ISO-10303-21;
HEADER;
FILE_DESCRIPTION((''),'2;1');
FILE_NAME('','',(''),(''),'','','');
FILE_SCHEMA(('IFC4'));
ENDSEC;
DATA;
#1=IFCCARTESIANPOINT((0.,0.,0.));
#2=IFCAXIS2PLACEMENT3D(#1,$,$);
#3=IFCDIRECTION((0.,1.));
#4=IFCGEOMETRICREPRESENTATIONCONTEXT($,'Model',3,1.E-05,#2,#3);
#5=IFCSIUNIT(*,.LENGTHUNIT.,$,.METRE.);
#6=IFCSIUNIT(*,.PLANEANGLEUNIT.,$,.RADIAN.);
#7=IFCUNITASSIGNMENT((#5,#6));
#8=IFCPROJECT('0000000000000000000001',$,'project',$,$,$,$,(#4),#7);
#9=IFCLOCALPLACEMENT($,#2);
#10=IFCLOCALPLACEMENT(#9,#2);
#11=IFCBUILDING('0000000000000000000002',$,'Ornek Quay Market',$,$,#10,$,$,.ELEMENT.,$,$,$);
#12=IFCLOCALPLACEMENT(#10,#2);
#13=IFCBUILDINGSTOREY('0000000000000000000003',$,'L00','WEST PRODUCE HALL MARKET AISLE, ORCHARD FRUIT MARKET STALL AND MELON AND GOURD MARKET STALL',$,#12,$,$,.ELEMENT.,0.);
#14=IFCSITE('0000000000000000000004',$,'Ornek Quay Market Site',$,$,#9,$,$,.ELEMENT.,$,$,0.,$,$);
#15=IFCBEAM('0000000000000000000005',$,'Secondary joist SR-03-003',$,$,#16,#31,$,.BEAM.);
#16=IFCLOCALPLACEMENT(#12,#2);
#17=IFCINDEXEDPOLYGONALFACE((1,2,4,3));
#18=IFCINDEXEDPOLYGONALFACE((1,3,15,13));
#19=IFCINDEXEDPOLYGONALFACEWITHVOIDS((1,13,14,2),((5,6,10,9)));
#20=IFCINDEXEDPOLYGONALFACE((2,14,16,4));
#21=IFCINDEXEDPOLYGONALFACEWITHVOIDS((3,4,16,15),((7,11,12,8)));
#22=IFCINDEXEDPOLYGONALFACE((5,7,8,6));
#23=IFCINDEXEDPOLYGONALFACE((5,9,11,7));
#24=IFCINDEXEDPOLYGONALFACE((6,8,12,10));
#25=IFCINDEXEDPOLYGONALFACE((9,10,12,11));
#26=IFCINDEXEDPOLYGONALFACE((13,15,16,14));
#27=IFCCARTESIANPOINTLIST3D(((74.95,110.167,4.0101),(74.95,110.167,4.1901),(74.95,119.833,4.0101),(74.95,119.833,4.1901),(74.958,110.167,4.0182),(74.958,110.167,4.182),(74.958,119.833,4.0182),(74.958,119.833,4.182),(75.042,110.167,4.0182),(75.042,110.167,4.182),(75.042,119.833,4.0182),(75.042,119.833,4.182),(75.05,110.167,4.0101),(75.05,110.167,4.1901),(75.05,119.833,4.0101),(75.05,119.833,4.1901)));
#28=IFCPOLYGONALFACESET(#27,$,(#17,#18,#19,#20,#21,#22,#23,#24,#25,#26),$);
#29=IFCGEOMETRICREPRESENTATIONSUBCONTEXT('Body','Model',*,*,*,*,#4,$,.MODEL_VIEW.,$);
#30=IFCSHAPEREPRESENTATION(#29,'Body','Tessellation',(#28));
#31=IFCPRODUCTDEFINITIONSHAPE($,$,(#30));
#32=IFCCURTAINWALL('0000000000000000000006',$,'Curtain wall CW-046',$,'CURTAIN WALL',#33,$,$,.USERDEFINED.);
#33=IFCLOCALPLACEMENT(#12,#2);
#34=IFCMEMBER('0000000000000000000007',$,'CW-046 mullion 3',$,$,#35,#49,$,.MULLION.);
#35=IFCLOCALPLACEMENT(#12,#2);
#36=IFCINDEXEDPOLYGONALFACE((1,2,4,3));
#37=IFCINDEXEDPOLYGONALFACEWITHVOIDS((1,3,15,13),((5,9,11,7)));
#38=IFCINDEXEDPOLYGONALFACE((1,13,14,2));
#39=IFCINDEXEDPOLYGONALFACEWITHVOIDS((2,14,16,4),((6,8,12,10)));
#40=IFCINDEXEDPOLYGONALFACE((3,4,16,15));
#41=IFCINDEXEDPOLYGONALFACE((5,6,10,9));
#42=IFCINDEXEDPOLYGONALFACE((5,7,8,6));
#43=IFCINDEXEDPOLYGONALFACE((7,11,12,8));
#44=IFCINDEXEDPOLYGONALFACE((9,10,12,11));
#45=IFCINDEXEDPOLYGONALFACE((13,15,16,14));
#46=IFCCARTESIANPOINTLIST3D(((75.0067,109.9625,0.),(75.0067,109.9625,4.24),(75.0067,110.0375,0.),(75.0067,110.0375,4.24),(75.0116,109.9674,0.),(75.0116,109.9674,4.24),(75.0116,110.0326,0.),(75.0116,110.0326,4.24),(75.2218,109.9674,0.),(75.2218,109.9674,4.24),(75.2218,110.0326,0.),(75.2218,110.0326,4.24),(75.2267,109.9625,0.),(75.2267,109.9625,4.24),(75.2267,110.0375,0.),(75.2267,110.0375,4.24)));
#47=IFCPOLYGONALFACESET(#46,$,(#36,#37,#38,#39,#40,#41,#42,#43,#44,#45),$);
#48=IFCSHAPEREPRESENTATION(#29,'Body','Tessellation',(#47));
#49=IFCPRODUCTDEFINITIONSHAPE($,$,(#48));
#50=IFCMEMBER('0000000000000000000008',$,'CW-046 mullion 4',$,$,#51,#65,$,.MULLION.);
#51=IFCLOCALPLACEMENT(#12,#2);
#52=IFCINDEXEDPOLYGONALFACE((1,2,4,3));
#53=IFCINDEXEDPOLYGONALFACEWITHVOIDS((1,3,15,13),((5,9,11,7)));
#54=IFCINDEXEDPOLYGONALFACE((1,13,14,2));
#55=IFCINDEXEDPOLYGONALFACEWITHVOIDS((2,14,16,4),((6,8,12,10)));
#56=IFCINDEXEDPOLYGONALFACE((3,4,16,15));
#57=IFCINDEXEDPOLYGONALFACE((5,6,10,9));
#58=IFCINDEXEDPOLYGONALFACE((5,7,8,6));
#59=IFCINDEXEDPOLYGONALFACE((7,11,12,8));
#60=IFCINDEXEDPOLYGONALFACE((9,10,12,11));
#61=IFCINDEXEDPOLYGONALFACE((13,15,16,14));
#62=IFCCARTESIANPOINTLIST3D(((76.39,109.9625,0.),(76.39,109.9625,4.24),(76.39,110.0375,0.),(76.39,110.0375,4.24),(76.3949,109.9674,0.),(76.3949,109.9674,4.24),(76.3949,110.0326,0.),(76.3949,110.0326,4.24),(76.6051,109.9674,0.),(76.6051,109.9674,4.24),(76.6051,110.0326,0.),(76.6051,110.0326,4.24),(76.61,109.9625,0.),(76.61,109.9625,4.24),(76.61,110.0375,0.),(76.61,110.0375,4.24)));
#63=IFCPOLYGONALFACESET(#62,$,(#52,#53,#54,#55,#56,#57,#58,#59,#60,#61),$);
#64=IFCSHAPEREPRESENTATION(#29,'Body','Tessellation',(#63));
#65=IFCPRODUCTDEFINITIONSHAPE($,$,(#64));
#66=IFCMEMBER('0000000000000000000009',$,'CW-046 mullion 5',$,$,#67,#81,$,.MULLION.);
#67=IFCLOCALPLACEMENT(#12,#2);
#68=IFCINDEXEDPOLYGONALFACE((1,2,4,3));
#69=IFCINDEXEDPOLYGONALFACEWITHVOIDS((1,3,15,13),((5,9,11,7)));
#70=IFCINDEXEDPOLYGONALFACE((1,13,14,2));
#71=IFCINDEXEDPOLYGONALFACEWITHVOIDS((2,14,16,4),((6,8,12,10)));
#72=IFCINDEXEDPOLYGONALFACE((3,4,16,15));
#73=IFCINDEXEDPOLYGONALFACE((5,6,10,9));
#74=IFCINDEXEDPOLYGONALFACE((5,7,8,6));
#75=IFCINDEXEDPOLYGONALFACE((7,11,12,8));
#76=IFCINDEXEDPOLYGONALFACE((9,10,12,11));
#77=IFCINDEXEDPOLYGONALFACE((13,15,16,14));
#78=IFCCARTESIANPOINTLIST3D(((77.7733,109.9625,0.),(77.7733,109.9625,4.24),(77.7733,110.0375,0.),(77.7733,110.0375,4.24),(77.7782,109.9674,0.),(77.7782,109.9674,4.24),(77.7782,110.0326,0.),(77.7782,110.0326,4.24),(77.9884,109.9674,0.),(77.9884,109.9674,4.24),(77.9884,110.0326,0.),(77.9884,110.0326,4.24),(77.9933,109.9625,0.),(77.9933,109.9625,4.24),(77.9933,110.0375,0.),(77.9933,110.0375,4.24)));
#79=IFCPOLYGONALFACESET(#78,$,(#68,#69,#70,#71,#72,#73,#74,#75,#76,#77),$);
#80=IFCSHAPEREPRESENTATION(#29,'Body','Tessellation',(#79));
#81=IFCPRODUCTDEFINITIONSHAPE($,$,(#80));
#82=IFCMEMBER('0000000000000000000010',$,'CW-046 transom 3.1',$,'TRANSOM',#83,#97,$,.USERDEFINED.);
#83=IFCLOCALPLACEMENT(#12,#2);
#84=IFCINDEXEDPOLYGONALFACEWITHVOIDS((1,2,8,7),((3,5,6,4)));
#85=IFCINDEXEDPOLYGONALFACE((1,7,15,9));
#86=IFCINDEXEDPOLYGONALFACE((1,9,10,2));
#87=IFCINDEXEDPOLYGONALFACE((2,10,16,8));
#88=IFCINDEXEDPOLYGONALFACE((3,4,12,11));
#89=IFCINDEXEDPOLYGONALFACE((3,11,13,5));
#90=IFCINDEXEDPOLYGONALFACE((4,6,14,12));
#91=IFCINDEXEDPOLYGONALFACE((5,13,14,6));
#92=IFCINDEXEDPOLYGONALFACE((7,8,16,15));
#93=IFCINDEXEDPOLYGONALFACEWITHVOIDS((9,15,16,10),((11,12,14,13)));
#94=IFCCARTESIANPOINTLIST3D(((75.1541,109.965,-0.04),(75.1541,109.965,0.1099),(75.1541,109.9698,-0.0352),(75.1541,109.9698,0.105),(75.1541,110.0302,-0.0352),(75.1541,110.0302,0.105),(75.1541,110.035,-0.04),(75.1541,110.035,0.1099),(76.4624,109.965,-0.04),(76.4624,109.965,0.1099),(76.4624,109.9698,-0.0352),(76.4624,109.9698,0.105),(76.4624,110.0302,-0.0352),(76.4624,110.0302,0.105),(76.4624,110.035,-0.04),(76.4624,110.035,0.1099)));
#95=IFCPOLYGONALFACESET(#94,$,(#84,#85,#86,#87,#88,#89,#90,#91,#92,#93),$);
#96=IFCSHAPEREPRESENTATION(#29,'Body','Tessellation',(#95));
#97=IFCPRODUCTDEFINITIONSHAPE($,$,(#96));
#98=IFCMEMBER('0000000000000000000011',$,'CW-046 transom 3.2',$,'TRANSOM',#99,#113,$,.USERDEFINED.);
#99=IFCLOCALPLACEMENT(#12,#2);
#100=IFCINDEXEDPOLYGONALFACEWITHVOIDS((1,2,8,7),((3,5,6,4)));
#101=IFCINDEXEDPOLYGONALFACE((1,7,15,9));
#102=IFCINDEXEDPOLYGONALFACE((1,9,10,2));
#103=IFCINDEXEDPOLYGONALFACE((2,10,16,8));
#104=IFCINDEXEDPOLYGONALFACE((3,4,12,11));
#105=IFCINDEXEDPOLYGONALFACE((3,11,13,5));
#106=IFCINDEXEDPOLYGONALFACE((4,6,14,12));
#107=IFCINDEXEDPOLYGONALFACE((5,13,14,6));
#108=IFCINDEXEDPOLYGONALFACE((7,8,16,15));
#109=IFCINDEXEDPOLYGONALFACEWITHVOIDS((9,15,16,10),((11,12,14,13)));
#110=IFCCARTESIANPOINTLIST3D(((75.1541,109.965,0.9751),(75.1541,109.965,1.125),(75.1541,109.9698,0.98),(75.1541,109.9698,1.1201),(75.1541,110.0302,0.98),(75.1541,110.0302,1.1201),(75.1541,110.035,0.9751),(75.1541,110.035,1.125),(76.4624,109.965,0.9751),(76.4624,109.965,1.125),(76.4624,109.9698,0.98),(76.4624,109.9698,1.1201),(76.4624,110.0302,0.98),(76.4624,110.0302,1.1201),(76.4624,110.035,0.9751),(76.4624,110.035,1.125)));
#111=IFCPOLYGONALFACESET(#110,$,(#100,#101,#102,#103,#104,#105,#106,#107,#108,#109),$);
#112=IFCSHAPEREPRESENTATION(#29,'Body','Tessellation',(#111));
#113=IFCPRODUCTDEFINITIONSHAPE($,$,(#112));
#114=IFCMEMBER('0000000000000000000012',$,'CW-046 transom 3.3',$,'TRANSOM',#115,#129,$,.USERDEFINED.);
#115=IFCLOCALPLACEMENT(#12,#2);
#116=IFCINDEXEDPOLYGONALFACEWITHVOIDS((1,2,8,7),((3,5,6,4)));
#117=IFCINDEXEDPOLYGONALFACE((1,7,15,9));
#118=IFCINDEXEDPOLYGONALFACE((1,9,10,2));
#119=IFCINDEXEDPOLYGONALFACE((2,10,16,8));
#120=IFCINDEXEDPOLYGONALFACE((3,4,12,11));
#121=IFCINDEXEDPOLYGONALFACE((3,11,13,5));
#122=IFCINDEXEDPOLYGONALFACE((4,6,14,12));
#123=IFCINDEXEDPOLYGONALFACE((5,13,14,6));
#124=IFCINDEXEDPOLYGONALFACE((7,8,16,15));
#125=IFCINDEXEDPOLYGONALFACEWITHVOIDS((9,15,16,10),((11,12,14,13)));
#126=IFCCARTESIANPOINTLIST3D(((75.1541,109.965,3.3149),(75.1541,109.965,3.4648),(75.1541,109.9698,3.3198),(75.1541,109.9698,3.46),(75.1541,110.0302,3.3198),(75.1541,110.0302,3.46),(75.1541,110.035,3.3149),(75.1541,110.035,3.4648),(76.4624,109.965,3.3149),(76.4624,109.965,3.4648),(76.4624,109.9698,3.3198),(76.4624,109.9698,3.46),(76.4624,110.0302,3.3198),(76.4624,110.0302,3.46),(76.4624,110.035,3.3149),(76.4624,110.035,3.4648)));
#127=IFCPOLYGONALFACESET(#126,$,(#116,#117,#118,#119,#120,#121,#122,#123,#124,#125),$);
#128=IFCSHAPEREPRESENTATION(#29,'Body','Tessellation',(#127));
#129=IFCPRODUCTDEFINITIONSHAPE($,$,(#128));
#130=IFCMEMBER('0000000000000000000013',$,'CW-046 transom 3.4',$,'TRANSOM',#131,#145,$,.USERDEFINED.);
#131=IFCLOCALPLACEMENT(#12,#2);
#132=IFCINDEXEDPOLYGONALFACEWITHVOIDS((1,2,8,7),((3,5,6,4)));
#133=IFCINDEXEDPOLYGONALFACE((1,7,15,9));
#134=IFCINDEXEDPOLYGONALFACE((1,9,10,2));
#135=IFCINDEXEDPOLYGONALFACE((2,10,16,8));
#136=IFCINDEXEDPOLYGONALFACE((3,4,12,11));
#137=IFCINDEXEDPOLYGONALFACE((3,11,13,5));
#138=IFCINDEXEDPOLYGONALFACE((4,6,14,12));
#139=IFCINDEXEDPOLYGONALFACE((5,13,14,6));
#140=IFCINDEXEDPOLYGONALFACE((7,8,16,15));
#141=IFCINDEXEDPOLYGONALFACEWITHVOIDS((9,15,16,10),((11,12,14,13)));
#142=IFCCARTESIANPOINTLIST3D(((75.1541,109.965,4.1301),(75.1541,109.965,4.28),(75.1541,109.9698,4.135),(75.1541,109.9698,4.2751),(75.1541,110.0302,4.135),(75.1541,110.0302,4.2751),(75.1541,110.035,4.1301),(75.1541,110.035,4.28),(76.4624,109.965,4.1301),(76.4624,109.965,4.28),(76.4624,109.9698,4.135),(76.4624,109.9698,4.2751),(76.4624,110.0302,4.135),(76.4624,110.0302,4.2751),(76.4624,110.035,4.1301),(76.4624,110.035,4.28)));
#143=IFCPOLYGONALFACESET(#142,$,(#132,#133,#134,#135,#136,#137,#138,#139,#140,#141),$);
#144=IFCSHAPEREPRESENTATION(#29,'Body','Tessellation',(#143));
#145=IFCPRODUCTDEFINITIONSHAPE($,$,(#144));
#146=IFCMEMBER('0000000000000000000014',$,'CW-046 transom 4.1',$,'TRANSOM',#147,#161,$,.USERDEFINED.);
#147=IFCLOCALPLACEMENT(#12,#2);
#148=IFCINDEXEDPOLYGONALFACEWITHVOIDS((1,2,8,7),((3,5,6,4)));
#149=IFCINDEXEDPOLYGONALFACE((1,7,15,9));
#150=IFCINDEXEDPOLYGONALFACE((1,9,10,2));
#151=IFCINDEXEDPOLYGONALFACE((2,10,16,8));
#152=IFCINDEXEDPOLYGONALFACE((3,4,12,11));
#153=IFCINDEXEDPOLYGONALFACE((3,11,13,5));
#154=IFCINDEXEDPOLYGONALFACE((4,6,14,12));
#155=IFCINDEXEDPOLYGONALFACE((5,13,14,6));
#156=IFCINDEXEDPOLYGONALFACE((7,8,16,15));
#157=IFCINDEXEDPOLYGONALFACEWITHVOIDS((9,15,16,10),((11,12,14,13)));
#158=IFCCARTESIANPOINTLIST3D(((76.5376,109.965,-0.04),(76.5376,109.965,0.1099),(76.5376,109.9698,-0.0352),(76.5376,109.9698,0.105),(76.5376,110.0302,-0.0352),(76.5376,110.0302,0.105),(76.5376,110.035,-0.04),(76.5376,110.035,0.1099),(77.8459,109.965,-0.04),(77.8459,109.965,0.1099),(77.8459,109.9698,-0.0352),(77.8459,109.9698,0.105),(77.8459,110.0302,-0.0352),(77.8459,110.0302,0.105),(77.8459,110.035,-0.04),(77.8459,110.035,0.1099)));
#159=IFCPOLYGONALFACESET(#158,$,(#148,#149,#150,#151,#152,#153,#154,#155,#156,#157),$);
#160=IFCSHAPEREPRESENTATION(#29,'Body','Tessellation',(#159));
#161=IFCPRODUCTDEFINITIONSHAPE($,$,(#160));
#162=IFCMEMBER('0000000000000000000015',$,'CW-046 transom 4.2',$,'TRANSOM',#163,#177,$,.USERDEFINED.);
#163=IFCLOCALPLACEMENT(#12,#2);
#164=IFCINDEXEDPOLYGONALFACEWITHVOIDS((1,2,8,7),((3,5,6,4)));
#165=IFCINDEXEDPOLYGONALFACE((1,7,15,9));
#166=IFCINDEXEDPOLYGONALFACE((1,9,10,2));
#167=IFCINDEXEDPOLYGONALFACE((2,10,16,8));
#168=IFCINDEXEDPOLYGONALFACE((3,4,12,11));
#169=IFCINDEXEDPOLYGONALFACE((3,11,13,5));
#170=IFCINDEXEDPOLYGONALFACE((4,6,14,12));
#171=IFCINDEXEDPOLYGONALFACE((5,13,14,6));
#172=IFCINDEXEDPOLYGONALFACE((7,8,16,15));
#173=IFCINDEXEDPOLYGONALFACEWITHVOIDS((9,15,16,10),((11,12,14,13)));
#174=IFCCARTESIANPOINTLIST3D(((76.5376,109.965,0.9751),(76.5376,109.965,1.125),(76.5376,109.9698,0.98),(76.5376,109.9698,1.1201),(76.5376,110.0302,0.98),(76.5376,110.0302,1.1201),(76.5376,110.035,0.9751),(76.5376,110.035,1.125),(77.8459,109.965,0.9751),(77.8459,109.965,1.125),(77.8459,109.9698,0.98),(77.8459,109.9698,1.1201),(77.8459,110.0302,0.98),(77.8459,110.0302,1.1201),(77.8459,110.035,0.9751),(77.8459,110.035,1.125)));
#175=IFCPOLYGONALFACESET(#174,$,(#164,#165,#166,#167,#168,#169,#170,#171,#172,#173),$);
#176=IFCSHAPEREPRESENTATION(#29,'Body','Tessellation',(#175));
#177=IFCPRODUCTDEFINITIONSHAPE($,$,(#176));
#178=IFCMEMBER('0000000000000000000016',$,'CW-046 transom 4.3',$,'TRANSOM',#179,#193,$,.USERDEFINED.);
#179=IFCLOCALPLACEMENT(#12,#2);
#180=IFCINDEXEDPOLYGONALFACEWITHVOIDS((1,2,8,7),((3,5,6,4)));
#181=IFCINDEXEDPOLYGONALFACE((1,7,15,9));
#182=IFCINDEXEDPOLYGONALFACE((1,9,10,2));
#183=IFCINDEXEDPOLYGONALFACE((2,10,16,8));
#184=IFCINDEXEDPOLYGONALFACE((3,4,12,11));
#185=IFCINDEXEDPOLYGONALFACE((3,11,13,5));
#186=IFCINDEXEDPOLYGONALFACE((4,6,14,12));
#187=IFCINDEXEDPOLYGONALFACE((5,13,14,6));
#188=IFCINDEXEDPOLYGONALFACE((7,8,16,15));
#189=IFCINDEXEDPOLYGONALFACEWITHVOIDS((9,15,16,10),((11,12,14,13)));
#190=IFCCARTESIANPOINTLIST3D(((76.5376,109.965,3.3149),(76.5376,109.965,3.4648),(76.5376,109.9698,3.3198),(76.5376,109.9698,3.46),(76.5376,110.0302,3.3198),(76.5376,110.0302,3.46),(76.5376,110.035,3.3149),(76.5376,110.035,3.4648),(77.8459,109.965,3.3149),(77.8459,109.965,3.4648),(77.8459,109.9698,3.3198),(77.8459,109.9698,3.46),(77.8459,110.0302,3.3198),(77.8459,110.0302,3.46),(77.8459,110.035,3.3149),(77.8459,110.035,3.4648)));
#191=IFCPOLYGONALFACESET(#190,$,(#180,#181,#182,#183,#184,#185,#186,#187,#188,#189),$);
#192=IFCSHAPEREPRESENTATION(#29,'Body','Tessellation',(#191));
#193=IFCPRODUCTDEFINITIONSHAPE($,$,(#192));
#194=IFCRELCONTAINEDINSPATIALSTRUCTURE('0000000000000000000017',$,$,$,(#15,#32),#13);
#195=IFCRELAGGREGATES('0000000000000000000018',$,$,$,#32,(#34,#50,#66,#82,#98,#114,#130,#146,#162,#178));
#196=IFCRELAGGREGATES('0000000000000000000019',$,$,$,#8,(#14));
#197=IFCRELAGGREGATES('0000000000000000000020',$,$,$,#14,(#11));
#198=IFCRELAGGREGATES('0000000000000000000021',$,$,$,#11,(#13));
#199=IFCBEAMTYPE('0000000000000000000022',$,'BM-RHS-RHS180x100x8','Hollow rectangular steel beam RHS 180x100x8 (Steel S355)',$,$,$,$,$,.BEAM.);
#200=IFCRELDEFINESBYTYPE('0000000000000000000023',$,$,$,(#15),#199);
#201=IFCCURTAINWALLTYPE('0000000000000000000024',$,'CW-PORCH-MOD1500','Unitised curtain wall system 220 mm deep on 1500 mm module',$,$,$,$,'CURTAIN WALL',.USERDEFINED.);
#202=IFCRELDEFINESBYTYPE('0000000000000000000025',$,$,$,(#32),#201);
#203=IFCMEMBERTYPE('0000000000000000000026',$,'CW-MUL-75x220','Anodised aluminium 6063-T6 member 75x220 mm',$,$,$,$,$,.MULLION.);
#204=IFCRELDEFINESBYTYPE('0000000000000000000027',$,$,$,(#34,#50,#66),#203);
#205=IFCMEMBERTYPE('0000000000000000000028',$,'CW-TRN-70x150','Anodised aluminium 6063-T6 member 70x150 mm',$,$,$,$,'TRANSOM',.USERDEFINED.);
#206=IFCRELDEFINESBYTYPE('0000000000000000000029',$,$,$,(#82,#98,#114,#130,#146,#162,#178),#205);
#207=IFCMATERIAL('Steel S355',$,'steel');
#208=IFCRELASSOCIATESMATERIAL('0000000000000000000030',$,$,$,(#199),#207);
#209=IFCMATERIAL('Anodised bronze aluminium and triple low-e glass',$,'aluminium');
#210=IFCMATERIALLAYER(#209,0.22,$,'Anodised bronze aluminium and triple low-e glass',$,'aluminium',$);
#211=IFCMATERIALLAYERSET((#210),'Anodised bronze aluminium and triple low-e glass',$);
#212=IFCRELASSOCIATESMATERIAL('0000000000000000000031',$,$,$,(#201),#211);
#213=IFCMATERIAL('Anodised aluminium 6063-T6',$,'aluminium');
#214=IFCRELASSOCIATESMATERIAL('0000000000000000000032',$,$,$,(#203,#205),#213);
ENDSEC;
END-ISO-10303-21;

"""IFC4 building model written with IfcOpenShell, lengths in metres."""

from ifc_helpers import new_model, si_unit, direction, frame, origin, origin_2d, place, context, subcontext, project, spatial, hollow_rectangle, extrude, material, layer, layer_set, material_profile, profile_set, type_object, element, aggregate, save


model = new_model("IFC4")

# Units and contexts
model_context = context("Model", 3, precision=1e-05, world=origin(), true_north=direction((0.0, 1.0)))
body_context = subcontext(model_context, "Body", "Model", "MODEL_VIEW")
ifc_project = project(units=[si_unit("LENGTHUNIT", "METRE"), si_unit("PLANEANGLEUNIT", "RADIAN")], contexts=[model_context])

# Site, building, storey
site_placement = place(None, origin())
site = spatial("IfcSite", under=ifc_project, at=site_placement, Name="Ornek Quay Market Site", CompositionType="ELEMENT", RefElevation=0.0)
building_placement = place(site_placement, origin())
building = spatial("IfcBuilding", under=site, at=building_placement, Name="Ornek Quay Market", CompositionType="ELEMENT")
storey_placement = place(building_placement, origin())
storey = spatial("IfcBuildingStorey", under=building, at=storey_placement, Name="L00", Description="WEST PRODUCE HALL MARKET AISLE, ORCHARD FRUIT MARKET STALL AND MELON AND GOURD MARKET STALL", CompositionType="ELEMENT", Elevation=0.0)

# Beam
ifc_material_1 = material(Name="Steel S355", Category="steel")
ifc_material_profile_1 = material_profile(ifc_material_1, hollow_rectangle(XDim=0.1001, YDim=0.1799, WallThickness=0.0081, at=origin_2d()), Name="RHS 180x100x8", Category="steel")
ifc_profile_set_1 = profile_set([ifc_material_profile_1], Name="Steel S355")
beam_type = type_object("IfcBeamType", Name="BM-RHS-RHS180x100x8", Description="Hollow rectangular steel beam RHS 180x100x8 (Steel S355)", PredefinedType="BEAM", material=ifc_profile_set_1)
beam_placement = place(storey_placement, frame((75.0, 110.167, 4.1001), z_axis=(0.0, 1.0, 0.0), x_axis=(-1.0, 0.0, 0.0)))
element("IfcBeam", 1, at=beam_placement, inside=storey, type_object=beam_type, Name="Secondary joist SR-03-003", PredefinedType="BEAM", context=body_context, shape_type="SweptSolid", body=[
    extrude(hollow_rectangle(XDim=0.1001, YDim=0.1799, WallThickness=0.0081, at=origin_2d()), origin(), (0.0, 0.0, 1.0), 9.666),
])

# Curtain wall, members
ifc_material_2 = material(Name="Anodised bronze aluminium and triple low-e glass", Category="aluminium")
ifc_layer_1 = layer(ifc_material_2, 0.22, Name="Anodised bronze aluminium and triple low-e glass", Category="aluminium")
ifc_layer_set_1 = layer_set([ifc_layer_1], Name="Anodised bronze aluminium and triple low-e glass")
curtain_wall_type = type_object("IfcCurtainWallType", Name="CW-PORCH-MOD1500", Description="Unitised curtain wall system 220 mm deep on 1500 mm module", ElementType="CURTAIN WALL", PredefinedType="USERDEFINED", material=ifc_layer_set_1)
curtain_wall_placement = place(storey_placement, origin())
curtain_wall = element("IfcCurtainWall", 2, at=curtain_wall_placement, inside=storey, type_object=curtain_wall_type, Name="Curtain wall CW-046", ObjectType="CURTAIN WALL", PredefinedType="USERDEFINED")
ifc_material_3 = material(Name="Anodised aluminium 6063-T6", Category="aluminium")
ifc_material_profile_2 = material_profile(ifc_material_3, hollow_rectangle(XDim=0.075, YDim=0.22, WallThickness=0.0049, at=origin_2d()), Name="CW-MUL-75x220", Category="aluminium")
ifc_profile_set_2 = profile_set([ifc_material_profile_2], Name="Anodised aluminium 6063-T6")
member_type_1 = type_object("IfcMemberType", Name="CW-MUL-75x220", Description="Anodised aluminium 6063-T6 member 75x220 mm", PredefinedType="MULLION", material=ifc_profile_set_2)
member_1_placement = place(storey_placement, frame((75.1167, 110.0, 0.0), z_axis=(0.0, 0.0, 1.0), x_axis=(0.0, 1.0, 0.0)))
member_1 = element("IfcMember", 3, at=member_1_placement, type_object=member_type_1, Name="CW-046 mullion 3", PredefinedType="MULLION", context=body_context, shape_type="SweptSolid", body=[
    extrude(hollow_rectangle(XDim=0.075, YDim=0.22, WallThickness=0.0049, at=origin_2d()), origin(), (0.0, 0.0, 1.0), 4.24),
])
member_2_placement = place(storey_placement, frame((76.5, 110.0, 0.0), z_axis=(0.0, 0.0, 1.0), x_axis=(0.0, 1.0, 0.0)))
member_2 = element("IfcMember", 4, at=member_2_placement, type_object=member_type_1, Name="CW-046 mullion 4", PredefinedType="MULLION", context=body_context, shape_type="SweptSolid", body=[
    extrude(hollow_rectangle(XDim=0.075, YDim=0.22, WallThickness=0.0049, at=origin_2d()), origin(), (0.0, 0.0, 1.0), 4.24),
])
member_3_placement = place(storey_placement, frame((77.8833, 110.0, 0.0), z_axis=(0.0, 0.0, 1.0), x_axis=(0.0, 1.0, 0.0)))
member_3 = element("IfcMember", 5, at=member_3_placement, type_object=member_type_1, Name="CW-046 mullion 5", PredefinedType="MULLION", context=body_context, shape_type="SweptSolid", body=[
    extrude(hollow_rectangle(XDim=0.075, YDim=0.22, WallThickness=0.0049, at=origin_2d()), origin(), (0.0, 0.0, 1.0), 4.24),
])
ifc_material_profile_3 = material_profile(ifc_material_3, hollow_rectangle(XDim=0.0701, YDim=0.1499, WallThickness=0.0049, at=origin_2d()), Name="CW-TRN-70x150", Category="aluminium")
ifc_profile_set_3 = profile_set([ifc_material_profile_3], Name="Anodised aluminium 6063-T6")
member_type_2 = type_object("IfcMemberType", Name="CW-TRN-70x150", Description="Anodised aluminium 6063-T6 member 70x150 mm", ElementType="TRANSOM", PredefinedType="USERDEFINED", material=ifc_profile_set_3)
member_4_placement = place(storey_placement, frame((75.1541, 110.0, 0.0349), z_axis=(1.0, 0.0, 0.0), x_axis=(0.0, 1.0, 0.0)))
member_4 = element("IfcMember", 6, at=member_4_placement, type_object=member_type_2, Name="CW-046 transom 3.1", ObjectType="TRANSOM", PredefinedType="USERDEFINED", context=body_context, shape_type="SweptSolid", body=[
    extrude(hollow_rectangle(XDim=0.0701, YDim=0.1499, WallThickness=0.0049, at=origin_2d()), origin(), (0.0, 0.0, 1.0), 1.3083),
])
member_5_placement = place(storey_placement, frame((75.1541, 110.0, 1.05), z_axis=(1.0, 0.0, 0.0), x_axis=(0.0, 1.0, 0.0)))
member_5 = element("IfcMember", 7, at=member_5_placement, type_object=member_type_2, Name="CW-046 transom 3.2", ObjectType="TRANSOM", PredefinedType="USERDEFINED", context=body_context, shape_type="SweptSolid", body=[
    extrude(hollow_rectangle(XDim=0.0701, YDim=0.1499, WallThickness=0.0049, at=origin_2d()), origin(), (0.0, 0.0, 1.0), 1.3083),
])
member_6_placement = place(storey_placement, frame((75.1541, 110.0, 3.3899), z_axis=(1.0, 0.0, 0.0), x_axis=(0.0, 1.0, 0.0)))
member_6 = element("IfcMember", 8, at=member_6_placement, type_object=member_type_2, Name="CW-046 transom 3.3", ObjectType="TRANSOM", PredefinedType="USERDEFINED", context=body_context, shape_type="SweptSolid", body=[
    extrude(hollow_rectangle(XDim=0.0701, YDim=0.1499, WallThickness=0.0049, at=origin_2d()), origin(), (0.0, 0.0, 1.0), 1.3083),
])
member_7_placement = place(storey_placement, frame((75.1541, 110.0, 4.2051), z_axis=(1.0, 0.0, 0.0), x_axis=(0.0, 1.0, 0.0)))
member_7 = element("IfcMember", 9, at=member_7_placement, type_object=member_type_2, Name="CW-046 transom 3.4", ObjectType="TRANSOM", PredefinedType="USERDEFINED", context=body_context, shape_type="SweptSolid", body=[
    extrude(hollow_rectangle(XDim=0.0701, YDim=0.1499, WallThickness=0.0049, at=origin_2d()), origin(), (0.0, 0.0, 1.0), 1.3083),
])
member_8_placement = place(storey_placement, frame((76.5376, 110.0, 0.0349), z_axis=(1.0, 0.0, 0.0), x_axis=(0.0, 1.0, 0.0)))
member_8 = element("IfcMember", 10, at=member_8_placement, type_object=member_type_2, Name="CW-046 transom 4.1", ObjectType="TRANSOM", PredefinedType="USERDEFINED", context=body_context, shape_type="SweptSolid", body=[
    extrude(hollow_rectangle(XDim=0.0701, YDim=0.1499, WallThickness=0.0049, at=origin_2d()), origin(), (0.0, 0.0, 1.0), 1.3083),
])
member_9_placement = place(storey_placement, frame((76.5376, 110.0, 1.05), z_axis=(1.0, 0.0, 0.0), x_axis=(0.0, 1.0, 0.0)))
member_9 = element("IfcMember", 11, at=member_9_placement, type_object=member_type_2, Name="CW-046 transom 4.2", ObjectType="TRANSOM", PredefinedType="USERDEFINED", context=body_context, shape_type="SweptSolid", body=[
    extrude(hollow_rectangle(XDim=0.0701, YDim=0.1499, WallThickness=0.0049, at=origin_2d()), origin(), (0.0, 0.0, 1.0), 1.3083),
])
member_10_placement = place(storey_placement, frame((76.5376, 110.0, 3.3899), z_axis=(1.0, 0.0, 0.0), x_axis=(0.0, 1.0, 0.0)))
member_10 = element("IfcMember", 12, at=member_10_placement, type_object=member_type_2, Name="CW-046 transom 4.3", ObjectType="TRANSOM", PredefinedType="USERDEFINED", context=body_context, shape_type="SweptSolid", body=[
    extrude(hollow_rectangle(XDim=0.0701, YDim=0.1499, WallThickness=0.0049, at=origin_2d()), origin(), (0.0, 0.0, 1.0), 1.3083),
])
aggregate(curtain_wall, [member_1, member_2, member_3, member_4, member_5, member_6, member_7, member_8, member_9, member_10])

save(model, "model.ifc")
